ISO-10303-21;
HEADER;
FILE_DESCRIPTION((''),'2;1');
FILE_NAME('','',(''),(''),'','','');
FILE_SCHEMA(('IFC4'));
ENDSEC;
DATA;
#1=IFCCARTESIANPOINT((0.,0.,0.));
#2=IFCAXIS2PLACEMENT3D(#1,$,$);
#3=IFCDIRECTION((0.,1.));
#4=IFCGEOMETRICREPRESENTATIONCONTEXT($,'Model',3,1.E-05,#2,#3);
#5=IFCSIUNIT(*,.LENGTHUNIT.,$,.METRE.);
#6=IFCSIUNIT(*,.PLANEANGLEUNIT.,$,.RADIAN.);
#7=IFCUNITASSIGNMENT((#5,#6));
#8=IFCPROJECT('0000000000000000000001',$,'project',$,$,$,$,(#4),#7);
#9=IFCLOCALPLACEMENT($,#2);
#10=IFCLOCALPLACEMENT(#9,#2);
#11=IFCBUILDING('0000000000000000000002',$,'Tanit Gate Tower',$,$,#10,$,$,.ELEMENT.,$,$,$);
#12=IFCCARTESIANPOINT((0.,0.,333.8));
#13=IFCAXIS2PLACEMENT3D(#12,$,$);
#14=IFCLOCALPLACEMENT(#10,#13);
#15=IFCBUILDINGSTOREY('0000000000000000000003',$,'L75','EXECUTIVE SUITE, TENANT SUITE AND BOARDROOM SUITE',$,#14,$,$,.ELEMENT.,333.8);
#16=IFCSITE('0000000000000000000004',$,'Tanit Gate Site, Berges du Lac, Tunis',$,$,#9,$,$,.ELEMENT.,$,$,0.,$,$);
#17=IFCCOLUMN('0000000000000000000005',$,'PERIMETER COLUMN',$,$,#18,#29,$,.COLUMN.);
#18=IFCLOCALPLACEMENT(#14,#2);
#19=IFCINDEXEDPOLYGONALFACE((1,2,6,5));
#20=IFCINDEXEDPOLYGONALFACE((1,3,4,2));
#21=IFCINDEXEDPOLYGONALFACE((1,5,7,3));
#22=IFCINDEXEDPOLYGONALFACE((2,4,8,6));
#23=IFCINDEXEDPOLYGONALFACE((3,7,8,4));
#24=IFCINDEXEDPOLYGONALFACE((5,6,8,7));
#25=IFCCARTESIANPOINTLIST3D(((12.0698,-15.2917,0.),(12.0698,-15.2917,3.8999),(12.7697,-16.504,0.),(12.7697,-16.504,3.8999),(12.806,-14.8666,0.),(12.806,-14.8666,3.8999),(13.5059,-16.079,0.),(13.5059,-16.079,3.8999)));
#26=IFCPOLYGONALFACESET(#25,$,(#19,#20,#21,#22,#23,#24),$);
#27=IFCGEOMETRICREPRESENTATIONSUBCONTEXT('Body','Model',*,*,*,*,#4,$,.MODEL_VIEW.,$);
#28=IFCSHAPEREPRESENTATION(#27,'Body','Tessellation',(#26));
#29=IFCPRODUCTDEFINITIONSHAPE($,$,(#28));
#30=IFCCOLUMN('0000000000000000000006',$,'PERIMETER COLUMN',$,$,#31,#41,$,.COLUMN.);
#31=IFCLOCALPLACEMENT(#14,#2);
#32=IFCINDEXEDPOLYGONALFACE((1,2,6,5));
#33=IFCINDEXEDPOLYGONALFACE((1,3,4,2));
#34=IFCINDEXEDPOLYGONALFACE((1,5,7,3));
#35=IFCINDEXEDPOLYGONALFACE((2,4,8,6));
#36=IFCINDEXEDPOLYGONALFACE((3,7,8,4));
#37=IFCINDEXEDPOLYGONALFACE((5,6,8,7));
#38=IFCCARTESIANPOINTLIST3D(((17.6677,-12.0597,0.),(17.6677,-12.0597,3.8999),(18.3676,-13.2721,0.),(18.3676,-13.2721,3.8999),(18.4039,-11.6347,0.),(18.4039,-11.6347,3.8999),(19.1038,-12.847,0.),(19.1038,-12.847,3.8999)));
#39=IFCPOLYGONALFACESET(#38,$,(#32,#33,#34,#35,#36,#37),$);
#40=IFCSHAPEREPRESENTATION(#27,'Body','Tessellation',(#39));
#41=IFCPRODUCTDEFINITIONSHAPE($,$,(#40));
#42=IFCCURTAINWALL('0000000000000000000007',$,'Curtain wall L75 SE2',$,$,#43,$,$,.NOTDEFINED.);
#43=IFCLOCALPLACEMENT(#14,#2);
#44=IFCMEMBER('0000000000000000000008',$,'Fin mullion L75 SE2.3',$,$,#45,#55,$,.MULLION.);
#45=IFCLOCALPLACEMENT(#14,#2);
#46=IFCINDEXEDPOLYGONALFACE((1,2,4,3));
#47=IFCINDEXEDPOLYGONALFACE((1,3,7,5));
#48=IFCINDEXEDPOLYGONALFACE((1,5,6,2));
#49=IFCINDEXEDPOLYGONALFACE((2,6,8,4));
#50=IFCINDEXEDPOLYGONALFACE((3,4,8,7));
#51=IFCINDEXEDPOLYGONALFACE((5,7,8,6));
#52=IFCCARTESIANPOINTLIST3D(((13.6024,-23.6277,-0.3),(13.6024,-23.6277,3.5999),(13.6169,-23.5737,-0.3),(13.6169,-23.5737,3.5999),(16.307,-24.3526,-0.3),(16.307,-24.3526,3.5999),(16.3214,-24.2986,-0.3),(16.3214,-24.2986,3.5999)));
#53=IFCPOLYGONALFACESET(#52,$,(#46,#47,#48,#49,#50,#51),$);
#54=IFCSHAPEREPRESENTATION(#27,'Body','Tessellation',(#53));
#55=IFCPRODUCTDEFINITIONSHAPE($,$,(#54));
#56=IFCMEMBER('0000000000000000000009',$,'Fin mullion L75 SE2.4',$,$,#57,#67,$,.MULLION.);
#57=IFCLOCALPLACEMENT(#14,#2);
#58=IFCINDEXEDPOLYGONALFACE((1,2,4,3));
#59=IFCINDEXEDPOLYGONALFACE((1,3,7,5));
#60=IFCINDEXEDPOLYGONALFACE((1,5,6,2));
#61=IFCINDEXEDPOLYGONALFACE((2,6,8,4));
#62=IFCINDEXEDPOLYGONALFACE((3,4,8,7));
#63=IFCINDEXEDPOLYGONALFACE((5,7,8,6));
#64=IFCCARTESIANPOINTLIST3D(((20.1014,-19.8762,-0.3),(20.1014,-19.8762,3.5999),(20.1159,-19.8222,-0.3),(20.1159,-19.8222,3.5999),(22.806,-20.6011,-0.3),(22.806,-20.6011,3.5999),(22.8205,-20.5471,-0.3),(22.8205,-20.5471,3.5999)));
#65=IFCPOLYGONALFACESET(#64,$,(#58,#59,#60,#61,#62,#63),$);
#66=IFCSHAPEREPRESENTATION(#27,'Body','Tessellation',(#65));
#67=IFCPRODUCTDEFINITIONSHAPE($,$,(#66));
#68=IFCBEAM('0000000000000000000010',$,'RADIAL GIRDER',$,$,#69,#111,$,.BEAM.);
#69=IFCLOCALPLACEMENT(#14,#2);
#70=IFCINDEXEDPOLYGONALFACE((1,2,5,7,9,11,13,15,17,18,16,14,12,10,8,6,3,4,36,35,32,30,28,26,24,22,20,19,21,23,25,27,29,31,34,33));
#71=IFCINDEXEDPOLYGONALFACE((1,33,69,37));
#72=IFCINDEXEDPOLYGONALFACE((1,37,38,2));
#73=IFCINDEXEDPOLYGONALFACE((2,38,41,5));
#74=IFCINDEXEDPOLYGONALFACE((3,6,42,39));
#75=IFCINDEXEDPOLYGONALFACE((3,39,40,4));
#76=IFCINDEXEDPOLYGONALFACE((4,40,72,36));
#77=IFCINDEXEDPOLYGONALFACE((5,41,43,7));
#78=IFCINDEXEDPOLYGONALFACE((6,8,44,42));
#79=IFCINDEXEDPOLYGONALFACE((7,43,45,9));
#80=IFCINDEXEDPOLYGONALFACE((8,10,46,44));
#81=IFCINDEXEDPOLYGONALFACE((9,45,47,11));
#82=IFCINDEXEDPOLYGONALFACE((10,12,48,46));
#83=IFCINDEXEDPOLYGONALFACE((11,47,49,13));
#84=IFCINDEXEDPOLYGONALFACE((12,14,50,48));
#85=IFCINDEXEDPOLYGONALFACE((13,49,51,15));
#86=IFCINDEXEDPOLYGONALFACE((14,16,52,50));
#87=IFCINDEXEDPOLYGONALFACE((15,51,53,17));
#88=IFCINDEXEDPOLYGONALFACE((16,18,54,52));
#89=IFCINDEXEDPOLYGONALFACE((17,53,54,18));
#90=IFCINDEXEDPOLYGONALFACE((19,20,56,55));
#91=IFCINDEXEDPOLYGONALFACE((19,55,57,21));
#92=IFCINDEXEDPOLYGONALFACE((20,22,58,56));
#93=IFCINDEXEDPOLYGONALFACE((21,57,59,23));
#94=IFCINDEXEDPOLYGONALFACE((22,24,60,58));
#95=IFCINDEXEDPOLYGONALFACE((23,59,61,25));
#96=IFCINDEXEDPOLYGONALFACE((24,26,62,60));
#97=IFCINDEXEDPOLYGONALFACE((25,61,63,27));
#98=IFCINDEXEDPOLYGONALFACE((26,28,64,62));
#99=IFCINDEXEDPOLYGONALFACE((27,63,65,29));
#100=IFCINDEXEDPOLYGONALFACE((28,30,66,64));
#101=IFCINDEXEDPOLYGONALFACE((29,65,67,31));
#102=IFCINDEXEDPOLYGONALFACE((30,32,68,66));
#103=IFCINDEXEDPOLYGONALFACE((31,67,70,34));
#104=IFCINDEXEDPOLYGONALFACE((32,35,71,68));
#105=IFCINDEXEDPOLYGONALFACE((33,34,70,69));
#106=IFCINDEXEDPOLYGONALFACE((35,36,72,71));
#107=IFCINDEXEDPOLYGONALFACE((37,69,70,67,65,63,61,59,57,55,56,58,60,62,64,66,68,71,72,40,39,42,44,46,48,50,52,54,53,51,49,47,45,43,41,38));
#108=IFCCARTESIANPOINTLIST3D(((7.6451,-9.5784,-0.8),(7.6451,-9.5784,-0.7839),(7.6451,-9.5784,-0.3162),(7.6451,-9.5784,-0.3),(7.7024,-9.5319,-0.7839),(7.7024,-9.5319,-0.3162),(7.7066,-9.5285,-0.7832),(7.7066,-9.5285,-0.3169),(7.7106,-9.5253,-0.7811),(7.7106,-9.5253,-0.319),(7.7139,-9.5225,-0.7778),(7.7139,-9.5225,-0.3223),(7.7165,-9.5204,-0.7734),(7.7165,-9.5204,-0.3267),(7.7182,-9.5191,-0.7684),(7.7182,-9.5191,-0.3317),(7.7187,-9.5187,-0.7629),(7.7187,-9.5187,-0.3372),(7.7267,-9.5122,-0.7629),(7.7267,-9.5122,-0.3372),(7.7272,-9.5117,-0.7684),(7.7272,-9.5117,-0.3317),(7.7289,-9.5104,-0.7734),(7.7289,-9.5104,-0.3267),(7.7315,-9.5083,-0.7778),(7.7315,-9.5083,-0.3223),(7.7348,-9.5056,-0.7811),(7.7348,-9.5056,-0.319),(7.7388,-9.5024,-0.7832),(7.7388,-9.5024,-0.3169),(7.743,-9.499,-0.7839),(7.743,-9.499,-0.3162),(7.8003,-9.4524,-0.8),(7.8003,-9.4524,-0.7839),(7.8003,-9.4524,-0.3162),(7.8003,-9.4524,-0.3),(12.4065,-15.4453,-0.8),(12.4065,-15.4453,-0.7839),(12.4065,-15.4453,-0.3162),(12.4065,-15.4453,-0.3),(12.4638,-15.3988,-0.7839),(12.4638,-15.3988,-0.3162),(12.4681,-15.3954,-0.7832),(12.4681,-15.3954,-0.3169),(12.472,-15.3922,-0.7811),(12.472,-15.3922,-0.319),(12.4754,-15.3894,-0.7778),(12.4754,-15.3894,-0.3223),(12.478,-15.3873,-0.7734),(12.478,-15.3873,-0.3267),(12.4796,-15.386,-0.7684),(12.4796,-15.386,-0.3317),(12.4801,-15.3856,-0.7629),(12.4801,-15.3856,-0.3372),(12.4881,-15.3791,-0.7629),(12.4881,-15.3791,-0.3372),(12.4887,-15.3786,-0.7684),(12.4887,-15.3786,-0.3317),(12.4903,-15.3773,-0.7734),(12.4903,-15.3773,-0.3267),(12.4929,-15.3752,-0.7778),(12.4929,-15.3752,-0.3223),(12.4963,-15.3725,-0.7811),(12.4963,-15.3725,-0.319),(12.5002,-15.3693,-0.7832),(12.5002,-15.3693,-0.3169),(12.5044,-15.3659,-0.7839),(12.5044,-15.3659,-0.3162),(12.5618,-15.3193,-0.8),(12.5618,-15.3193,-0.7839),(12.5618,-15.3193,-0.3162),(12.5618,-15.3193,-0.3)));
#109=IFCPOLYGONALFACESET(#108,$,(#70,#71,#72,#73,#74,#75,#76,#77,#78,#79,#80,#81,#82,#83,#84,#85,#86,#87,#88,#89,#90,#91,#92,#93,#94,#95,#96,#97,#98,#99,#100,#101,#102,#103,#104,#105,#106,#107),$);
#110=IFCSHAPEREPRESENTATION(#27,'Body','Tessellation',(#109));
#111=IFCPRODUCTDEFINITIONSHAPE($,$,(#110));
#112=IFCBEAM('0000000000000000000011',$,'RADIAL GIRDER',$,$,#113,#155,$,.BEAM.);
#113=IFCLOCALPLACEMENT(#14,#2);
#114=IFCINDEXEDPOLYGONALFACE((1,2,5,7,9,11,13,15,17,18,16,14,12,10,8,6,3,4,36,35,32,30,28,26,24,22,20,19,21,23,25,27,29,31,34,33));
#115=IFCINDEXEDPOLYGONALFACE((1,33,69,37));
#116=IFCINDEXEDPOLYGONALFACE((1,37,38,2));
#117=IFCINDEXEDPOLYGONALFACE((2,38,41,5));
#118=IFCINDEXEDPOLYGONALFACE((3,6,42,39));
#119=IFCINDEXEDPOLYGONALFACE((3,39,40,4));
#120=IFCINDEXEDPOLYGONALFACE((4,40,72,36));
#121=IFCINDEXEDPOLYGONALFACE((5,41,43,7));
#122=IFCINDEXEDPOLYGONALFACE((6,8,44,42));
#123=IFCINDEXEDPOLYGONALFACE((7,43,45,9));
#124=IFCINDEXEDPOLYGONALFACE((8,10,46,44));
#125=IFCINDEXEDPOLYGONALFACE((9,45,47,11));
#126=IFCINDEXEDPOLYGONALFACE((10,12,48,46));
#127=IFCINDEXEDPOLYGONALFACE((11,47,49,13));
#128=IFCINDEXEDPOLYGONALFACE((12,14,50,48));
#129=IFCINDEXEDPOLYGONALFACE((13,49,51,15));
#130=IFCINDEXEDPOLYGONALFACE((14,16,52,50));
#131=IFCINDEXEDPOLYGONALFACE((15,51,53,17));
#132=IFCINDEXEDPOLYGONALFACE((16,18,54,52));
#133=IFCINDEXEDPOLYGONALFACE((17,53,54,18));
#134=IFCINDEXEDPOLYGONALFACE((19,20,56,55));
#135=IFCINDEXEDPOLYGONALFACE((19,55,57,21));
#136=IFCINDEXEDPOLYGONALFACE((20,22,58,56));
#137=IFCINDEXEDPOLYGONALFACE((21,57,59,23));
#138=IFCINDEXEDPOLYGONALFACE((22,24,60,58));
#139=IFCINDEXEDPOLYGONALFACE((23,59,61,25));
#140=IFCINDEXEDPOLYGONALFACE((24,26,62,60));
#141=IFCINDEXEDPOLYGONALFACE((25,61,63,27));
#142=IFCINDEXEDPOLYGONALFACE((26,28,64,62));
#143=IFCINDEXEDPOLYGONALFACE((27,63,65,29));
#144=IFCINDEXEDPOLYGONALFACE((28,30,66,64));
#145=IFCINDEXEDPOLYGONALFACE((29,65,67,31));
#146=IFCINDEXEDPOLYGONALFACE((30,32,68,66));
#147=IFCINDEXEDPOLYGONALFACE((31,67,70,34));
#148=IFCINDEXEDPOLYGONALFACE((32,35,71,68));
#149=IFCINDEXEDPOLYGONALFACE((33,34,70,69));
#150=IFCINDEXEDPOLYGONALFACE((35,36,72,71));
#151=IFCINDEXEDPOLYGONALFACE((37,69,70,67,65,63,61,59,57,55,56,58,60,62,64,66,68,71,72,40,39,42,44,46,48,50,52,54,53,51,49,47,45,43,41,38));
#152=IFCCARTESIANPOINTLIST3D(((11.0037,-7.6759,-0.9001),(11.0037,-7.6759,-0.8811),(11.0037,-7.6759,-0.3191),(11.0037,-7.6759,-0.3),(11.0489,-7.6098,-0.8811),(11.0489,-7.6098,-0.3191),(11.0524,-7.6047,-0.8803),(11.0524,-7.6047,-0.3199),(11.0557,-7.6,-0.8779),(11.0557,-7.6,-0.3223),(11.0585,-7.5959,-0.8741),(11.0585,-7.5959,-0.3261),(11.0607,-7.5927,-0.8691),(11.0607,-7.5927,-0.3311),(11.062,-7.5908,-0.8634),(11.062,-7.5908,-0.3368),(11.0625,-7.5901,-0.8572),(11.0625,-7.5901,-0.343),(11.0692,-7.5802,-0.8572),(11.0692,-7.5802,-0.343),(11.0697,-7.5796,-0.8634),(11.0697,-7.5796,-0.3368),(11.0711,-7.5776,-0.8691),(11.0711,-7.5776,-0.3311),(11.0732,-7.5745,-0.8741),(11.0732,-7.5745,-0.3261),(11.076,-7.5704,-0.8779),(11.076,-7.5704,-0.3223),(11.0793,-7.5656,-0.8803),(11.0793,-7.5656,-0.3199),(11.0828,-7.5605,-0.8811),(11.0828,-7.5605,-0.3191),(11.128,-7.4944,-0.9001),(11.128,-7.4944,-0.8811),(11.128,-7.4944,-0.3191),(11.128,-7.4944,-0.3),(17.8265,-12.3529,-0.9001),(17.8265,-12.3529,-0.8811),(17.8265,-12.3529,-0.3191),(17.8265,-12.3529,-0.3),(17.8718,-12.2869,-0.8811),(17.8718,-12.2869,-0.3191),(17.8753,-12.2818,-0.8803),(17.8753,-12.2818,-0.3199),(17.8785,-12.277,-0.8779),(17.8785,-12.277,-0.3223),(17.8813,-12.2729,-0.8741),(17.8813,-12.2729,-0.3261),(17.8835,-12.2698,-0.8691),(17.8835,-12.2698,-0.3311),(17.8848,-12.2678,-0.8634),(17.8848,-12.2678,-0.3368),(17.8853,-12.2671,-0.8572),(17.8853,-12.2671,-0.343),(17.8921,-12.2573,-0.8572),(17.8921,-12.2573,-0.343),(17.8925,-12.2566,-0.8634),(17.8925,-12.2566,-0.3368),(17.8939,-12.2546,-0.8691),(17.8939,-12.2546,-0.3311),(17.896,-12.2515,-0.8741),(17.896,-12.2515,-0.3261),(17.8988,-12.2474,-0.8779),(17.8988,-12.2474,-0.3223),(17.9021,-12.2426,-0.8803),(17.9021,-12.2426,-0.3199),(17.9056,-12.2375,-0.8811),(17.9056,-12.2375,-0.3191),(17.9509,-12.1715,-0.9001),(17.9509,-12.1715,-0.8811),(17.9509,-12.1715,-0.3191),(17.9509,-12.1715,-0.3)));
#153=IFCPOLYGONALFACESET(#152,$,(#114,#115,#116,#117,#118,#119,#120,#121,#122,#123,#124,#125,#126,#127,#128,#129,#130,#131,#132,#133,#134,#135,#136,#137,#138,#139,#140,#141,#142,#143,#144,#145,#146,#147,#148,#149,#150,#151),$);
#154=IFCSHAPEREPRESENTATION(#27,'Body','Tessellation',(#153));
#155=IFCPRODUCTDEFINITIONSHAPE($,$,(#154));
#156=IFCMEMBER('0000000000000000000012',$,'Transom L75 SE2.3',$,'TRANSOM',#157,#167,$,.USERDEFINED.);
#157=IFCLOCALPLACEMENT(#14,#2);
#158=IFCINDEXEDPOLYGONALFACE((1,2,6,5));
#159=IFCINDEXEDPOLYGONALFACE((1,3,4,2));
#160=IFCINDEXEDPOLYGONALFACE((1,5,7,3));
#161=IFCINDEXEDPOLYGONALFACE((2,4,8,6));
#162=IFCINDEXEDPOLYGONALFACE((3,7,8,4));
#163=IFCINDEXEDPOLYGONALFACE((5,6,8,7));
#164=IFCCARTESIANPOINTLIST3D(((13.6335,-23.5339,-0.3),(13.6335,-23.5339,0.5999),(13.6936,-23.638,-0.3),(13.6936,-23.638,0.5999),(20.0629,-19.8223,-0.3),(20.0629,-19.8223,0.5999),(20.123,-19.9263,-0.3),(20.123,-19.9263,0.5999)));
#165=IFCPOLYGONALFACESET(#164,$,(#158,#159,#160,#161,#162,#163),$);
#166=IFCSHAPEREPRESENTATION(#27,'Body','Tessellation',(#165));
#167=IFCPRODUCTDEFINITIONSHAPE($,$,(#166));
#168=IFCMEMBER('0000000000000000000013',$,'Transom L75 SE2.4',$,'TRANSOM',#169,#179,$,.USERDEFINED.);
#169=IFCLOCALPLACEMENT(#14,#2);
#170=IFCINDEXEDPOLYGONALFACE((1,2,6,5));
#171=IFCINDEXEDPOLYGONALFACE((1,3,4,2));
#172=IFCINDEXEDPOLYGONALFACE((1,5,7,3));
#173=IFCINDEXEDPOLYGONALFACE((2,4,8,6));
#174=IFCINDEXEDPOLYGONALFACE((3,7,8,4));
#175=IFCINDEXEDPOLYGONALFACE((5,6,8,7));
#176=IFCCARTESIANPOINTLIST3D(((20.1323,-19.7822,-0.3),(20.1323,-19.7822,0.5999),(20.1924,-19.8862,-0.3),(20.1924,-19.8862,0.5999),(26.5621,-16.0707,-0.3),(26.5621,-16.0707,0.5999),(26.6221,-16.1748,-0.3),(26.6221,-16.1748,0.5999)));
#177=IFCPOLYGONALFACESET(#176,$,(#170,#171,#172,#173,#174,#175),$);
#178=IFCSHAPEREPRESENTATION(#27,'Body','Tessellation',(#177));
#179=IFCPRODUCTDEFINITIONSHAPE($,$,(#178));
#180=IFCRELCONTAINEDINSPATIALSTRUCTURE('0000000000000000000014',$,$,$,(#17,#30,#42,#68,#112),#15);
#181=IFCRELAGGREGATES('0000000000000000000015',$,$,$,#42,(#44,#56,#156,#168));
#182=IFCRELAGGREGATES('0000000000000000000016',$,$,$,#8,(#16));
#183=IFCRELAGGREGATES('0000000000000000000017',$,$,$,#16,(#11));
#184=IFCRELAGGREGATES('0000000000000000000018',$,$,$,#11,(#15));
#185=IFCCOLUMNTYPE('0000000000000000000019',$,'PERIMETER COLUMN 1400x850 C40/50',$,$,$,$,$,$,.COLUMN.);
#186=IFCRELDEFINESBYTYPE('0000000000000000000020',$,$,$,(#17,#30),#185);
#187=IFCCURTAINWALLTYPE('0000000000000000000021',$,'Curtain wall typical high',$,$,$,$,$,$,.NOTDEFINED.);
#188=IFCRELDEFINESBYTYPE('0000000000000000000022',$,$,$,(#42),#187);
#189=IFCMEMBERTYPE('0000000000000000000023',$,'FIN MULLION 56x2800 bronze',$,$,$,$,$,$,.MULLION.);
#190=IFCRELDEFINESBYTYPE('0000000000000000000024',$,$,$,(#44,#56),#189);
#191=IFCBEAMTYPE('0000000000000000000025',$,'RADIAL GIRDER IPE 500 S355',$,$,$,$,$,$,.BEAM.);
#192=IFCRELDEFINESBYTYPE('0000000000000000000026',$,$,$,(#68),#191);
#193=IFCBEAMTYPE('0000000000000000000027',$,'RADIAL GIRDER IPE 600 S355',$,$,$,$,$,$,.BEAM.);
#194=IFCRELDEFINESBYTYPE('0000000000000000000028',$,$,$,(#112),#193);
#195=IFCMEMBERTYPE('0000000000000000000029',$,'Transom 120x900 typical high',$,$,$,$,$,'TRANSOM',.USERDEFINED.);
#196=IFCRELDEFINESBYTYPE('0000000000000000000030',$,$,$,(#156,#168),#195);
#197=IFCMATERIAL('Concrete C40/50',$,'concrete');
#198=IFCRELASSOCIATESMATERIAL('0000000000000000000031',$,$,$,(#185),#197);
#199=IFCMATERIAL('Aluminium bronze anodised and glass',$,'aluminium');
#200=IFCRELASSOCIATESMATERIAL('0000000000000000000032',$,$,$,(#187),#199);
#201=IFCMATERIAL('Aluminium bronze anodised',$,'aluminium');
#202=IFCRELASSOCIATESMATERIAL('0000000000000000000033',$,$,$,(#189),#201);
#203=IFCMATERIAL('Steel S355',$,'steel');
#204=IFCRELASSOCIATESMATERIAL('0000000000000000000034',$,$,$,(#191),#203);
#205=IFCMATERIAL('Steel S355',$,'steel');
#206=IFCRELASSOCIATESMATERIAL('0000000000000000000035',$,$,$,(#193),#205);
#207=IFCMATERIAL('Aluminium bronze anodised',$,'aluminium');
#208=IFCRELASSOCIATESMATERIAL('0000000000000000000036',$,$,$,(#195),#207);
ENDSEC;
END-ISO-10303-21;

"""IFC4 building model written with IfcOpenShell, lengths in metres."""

from ifc_helpers import new_model, si_unit, direction, frame, origin, origin_2d, place, context, subcontext, project, spatial, rectangle, i_section, extrude, material, material_profile, profile_set, type_object, element, aggregate, save


model = new_model("IFC4")

# Units and contexts
model_context = context("Model", 3, precision=1e-05, world=origin(), true_north=direction((0.0, 1.0)))
body_context = subcontext(model_context, "Body", "Model", "MODEL_VIEW")
ifc_project = project(units=[si_unit("LENGTHUNIT", "METRE"), si_unit("PLANEANGLEUNIT", "RADIAN")], contexts=[model_context])

# Site, building, storey
site_placement = place(None, origin())
site = spatial("IfcSite", under=ifc_project, at=site_placement, Name="Tanit Gate Site, Berges du Lac, Tunis", CompositionType="ELEMENT", RefElevation=0.0)
building_placement = place(site_placement, origin())
building = spatial("IfcBuilding", under=site, at=building_placement, Name="Tanit Gate Tower", CompositionType="ELEMENT")
storey_placement = place(building_placement, frame((0.0, 0.0, 333.8)))
storey = spatial("IfcBuildingStorey", under=building, at=storey_placement, Name="L75", Description="EXECUTIVE SUITE, TENANT SUITE AND BOARDROOM SUITE", CompositionType="ELEMENT", Elevation=333.8)

# Columns
ifc_material_1 = material(Name="Concrete C40/50", Category="concrete")
ifc_material_profile_1 = material_profile(ifc_material_1, rectangle(XDim=1.3999, YDim=0.8501, at=origin_2d()), Name="RC 1400x850")
ifc_profile_set_1 = profile_set([ifc_material_profile_1], Name="Concrete C40/50")
column_type = type_object("IfcColumnType", Name="PERIMETER COLUMN 1400x850 C40/50", PredefinedType="COLUMN", material=ifc_profile_set_1)
for number, where, z_axis, x_axis, name in (
    (1, (12.7878, -15.6853, 0.0), (0.0, 0.0, 1.0), (0.5, -0.866025, 0.0), "PERIMETER COLUMN"),
    (2, (18.3857, -12.4534, 0.0), (0.0, 0.0, 1.0), (0.5, -0.866025, 0.0), "PERIMETER COLUMN"),
):
    element("IfcColumn", number, at=place(storey_placement, frame(where, z_axis=z_axis, x_axis=x_axis)), inside=storey, type_object=column_type, Name=name, PredefinedType="COLUMN", context=body_context, shape_type="SweptSolid", body=[
        extrude(rectangle(XDim=1.3999, YDim=0.8501, at=origin_2d()), origin(), (0.0, 0.0, 1.0), 3.8999),
    ])

# Curtain wall, members
ifc_material_2 = material(Name="Aluminium bronze anodised and glass", Category="aluminium")
curtain_wall_type = type_object("IfcCurtainWallType", Name="Curtain wall typical high", PredefinedType="NOTDEFINED", material=ifc_material_2)
curtain_wall_placement = place(storey_placement, origin())
curtain_wall = element("IfcCurtainWall", 3, at=curtain_wall_placement, inside=storey, type_object=curtain_wall_type, Name="Curtain wall L75 SE2", PredefinedType="NOTDEFINED")
ifc_material_3 = material(Name="Aluminium bronze anodised", Category="aluminium")
ifc_material_profile_2 = material_profile(ifc_material_3, rectangle(XDim=2.8, YDim=0.0559, at=origin_2d()), Name="56x2800 bronze fin mullion")
ifc_profile_set_2 = profile_set([ifc_material_profile_2], Name="Aluminium bronze anodised")
member_type_1 = type_object("IfcMemberType", Name="FIN MULLION 56x2800 bronze", PredefinedType="MULLION", material=ifc_profile_set_2)
member_1_placement = place(storey_placement, frame((14.9619, -23.9631, -0.3), z_axis=(0.0, 0.0, 1.0), x_axis=(-0.965908, 0.258886, 0.0)))
member_1 = element("IfcMember", 4, at=member_1_placement, type_object=member_type_1, Name="Fin mullion L75 SE2.3", PredefinedType="MULLION", context=body_context, shape_type="SweptSolid", body=[
    extrude(rectangle(XDim=2.8, YDim=0.0559, at=origin_2d()), origin(), (0.0, 0.0, 1.0), 3.8999),
])
member_2_placement = place(storey_placement, frame((21.4609, -20.2117, -0.3), z_axis=(0.0, 0.0, 1.0), x_axis=(-0.965908, 0.258886, 0.0)))
member_2 = element("IfcMember", 5, at=member_2_placement, type_object=member_type_1, Name="Fin mullion L75 SE2.4", PredefinedType="MULLION", context=body_context, shape_type="SweptSolid", body=[
    extrude(rectangle(XDim=2.8, YDim=0.0559, at=origin_2d()), origin(), (0.0, 0.0, 1.0), 3.8999),
])

# Beams
ifc_material_4 = material(Name="Steel S355", Category="steel")
ifc_material_profile_3 = material_profile(ifc_material_4, i_section(OverallWidth=0.2, OverallDepth=0.5, WebThickness=0.0103, FlangeThickness=0.0161, FilletRadius=0.021, at=origin_2d()), Name="IPE 500")
ifc_profile_set_3 = profile_set([ifc_material_profile_3], Name="Steel S355")
beam_type_1 = type_object("IfcBeamType", Name="RADIAL GIRDER IPE 500 S355", PredefinedType="BEAM", material=ifc_profile_set_3)
beam_1_placement = place(storey_placement, frame((12.4841, -15.3823, -0.55), z_axis=(-0.630161, 0.776465, 0.0), x_axis=(-0.776465, -0.630161, 0.0)))
element("IfcBeam", 6, at=beam_1_placement, inside=storey, type_object=beam_type_1, Name="RADIAL GIRDER", PredefinedType="BEAM", context=body_context, shape_type="SweptSolid", body=[
    extrude(i_section(OverallWidth=0.2, OverallDepth=0.5, WebThickness=0.0103, FlangeThickness=0.0161, FilletRadius=0.021, at=origin_2d()), origin(), (0.0, 0.0, 1.0), 7.5559),
])
ifc_material_5 = material(Name="Steel S355", Category="steel")
ifc_material_profile_4 = material_profile(ifc_material_5, i_section(OverallWidth=0.22, OverallDepth=0.6001, WebThickness=0.012, FlangeThickness=0.019, FilletRadius=0.0239, at=origin_2d()), Name="IPE 600")
ifc_profile_set_4 = profile_set([ifc_material_profile_4], Name="Steel S355")
beam_type_2 = type_object("IfcBeamType", Name="RADIAL GIRDER IPE 600 S355", PredefinedType="BEAM", material=ifc_profile_set_4)
beam_2_placement = place(storey_placement, frame((17.8887, -12.2622, -0.6001), z_axis=(-0.824811, 0.565408, 0.0), x_axis=(-0.565408, -0.824811, 0.0)))
element("IfcBeam", 7, at=beam_2_placement, inside=storey, type_object=beam_type_2, Name="RADIAL GIRDER", PredefinedType="BEAM", context=body_context, shape_type="SweptSolid", body=[
    extrude(i_section(OverallWidth=0.22, OverallDepth=0.6001, WebThickness=0.012, FlangeThickness=0.019, FilletRadius=0.0239, at=origin_2d()), origin(), (0.0, 0.0, 1.0), 8.272),
])

# Members
ifc_material_6 = material(Name="Aluminium bronze anodised", Category="aluminium")
ifc_material_profile_5 = material_profile(ifc_material_6, rectangle(XDim=0.1201, YDim=0.8999, at=origin_2d()), Name="120x900 bronze transom")
ifc_profile_set_5 = profile_set([ifc_material_profile_5], Name="Aluminium bronze anodised")
member_type_2 = type_object("IfcMemberType", Name="Transom 120x900 typical high", ElementType="TRANSOM", PredefinedType="USERDEFINED", material=ifc_profile_set_5)
member_3_placement = place(storey_placement, frame((13.6636, -23.5859, 0.1499), z_axis=(0.866047, 0.499963, 0.0), x_axis=(-0.499963, 0.866047, 0.0)))
member_3 = element("IfcMember", 8, at=member_3_placement, type_object=member_type_2, Name="Transom L75 SE2.3", ObjectType="TRANSOM", PredefinedType="USERDEFINED", context=body_context, shape_type="SweptSolid", body=[
    extrude(rectangle(XDim=0.1201, YDim=0.8999, at=origin_2d()), origin(), (0.0, 0.0, 1.0), 7.4238),
])
member_4_placement = place(storey_placement, frame((20.1624, -19.8342, 0.1499), z_axis=(0.866069, 0.499924, 0.0), x_axis=(-0.499924, 0.866069, 0.0)))
member_4 = element("IfcMember", 9, at=member_4_placement, type_object=member_type_2, Name="Transom L75 SE2.4", ObjectType="TRANSOM", PredefinedType="USERDEFINED", context=body_context, shape_type="SweptSolid", body=[
    extrude(rectangle(XDim=0.1201, YDim=0.8999, at=origin_2d()), origin(), (0.0, 0.0, 1.0), 7.4241),
])

aggregate(curtain_wall, [member_1, member_2, member_3, member_4])

save(model, "model.ifc")
